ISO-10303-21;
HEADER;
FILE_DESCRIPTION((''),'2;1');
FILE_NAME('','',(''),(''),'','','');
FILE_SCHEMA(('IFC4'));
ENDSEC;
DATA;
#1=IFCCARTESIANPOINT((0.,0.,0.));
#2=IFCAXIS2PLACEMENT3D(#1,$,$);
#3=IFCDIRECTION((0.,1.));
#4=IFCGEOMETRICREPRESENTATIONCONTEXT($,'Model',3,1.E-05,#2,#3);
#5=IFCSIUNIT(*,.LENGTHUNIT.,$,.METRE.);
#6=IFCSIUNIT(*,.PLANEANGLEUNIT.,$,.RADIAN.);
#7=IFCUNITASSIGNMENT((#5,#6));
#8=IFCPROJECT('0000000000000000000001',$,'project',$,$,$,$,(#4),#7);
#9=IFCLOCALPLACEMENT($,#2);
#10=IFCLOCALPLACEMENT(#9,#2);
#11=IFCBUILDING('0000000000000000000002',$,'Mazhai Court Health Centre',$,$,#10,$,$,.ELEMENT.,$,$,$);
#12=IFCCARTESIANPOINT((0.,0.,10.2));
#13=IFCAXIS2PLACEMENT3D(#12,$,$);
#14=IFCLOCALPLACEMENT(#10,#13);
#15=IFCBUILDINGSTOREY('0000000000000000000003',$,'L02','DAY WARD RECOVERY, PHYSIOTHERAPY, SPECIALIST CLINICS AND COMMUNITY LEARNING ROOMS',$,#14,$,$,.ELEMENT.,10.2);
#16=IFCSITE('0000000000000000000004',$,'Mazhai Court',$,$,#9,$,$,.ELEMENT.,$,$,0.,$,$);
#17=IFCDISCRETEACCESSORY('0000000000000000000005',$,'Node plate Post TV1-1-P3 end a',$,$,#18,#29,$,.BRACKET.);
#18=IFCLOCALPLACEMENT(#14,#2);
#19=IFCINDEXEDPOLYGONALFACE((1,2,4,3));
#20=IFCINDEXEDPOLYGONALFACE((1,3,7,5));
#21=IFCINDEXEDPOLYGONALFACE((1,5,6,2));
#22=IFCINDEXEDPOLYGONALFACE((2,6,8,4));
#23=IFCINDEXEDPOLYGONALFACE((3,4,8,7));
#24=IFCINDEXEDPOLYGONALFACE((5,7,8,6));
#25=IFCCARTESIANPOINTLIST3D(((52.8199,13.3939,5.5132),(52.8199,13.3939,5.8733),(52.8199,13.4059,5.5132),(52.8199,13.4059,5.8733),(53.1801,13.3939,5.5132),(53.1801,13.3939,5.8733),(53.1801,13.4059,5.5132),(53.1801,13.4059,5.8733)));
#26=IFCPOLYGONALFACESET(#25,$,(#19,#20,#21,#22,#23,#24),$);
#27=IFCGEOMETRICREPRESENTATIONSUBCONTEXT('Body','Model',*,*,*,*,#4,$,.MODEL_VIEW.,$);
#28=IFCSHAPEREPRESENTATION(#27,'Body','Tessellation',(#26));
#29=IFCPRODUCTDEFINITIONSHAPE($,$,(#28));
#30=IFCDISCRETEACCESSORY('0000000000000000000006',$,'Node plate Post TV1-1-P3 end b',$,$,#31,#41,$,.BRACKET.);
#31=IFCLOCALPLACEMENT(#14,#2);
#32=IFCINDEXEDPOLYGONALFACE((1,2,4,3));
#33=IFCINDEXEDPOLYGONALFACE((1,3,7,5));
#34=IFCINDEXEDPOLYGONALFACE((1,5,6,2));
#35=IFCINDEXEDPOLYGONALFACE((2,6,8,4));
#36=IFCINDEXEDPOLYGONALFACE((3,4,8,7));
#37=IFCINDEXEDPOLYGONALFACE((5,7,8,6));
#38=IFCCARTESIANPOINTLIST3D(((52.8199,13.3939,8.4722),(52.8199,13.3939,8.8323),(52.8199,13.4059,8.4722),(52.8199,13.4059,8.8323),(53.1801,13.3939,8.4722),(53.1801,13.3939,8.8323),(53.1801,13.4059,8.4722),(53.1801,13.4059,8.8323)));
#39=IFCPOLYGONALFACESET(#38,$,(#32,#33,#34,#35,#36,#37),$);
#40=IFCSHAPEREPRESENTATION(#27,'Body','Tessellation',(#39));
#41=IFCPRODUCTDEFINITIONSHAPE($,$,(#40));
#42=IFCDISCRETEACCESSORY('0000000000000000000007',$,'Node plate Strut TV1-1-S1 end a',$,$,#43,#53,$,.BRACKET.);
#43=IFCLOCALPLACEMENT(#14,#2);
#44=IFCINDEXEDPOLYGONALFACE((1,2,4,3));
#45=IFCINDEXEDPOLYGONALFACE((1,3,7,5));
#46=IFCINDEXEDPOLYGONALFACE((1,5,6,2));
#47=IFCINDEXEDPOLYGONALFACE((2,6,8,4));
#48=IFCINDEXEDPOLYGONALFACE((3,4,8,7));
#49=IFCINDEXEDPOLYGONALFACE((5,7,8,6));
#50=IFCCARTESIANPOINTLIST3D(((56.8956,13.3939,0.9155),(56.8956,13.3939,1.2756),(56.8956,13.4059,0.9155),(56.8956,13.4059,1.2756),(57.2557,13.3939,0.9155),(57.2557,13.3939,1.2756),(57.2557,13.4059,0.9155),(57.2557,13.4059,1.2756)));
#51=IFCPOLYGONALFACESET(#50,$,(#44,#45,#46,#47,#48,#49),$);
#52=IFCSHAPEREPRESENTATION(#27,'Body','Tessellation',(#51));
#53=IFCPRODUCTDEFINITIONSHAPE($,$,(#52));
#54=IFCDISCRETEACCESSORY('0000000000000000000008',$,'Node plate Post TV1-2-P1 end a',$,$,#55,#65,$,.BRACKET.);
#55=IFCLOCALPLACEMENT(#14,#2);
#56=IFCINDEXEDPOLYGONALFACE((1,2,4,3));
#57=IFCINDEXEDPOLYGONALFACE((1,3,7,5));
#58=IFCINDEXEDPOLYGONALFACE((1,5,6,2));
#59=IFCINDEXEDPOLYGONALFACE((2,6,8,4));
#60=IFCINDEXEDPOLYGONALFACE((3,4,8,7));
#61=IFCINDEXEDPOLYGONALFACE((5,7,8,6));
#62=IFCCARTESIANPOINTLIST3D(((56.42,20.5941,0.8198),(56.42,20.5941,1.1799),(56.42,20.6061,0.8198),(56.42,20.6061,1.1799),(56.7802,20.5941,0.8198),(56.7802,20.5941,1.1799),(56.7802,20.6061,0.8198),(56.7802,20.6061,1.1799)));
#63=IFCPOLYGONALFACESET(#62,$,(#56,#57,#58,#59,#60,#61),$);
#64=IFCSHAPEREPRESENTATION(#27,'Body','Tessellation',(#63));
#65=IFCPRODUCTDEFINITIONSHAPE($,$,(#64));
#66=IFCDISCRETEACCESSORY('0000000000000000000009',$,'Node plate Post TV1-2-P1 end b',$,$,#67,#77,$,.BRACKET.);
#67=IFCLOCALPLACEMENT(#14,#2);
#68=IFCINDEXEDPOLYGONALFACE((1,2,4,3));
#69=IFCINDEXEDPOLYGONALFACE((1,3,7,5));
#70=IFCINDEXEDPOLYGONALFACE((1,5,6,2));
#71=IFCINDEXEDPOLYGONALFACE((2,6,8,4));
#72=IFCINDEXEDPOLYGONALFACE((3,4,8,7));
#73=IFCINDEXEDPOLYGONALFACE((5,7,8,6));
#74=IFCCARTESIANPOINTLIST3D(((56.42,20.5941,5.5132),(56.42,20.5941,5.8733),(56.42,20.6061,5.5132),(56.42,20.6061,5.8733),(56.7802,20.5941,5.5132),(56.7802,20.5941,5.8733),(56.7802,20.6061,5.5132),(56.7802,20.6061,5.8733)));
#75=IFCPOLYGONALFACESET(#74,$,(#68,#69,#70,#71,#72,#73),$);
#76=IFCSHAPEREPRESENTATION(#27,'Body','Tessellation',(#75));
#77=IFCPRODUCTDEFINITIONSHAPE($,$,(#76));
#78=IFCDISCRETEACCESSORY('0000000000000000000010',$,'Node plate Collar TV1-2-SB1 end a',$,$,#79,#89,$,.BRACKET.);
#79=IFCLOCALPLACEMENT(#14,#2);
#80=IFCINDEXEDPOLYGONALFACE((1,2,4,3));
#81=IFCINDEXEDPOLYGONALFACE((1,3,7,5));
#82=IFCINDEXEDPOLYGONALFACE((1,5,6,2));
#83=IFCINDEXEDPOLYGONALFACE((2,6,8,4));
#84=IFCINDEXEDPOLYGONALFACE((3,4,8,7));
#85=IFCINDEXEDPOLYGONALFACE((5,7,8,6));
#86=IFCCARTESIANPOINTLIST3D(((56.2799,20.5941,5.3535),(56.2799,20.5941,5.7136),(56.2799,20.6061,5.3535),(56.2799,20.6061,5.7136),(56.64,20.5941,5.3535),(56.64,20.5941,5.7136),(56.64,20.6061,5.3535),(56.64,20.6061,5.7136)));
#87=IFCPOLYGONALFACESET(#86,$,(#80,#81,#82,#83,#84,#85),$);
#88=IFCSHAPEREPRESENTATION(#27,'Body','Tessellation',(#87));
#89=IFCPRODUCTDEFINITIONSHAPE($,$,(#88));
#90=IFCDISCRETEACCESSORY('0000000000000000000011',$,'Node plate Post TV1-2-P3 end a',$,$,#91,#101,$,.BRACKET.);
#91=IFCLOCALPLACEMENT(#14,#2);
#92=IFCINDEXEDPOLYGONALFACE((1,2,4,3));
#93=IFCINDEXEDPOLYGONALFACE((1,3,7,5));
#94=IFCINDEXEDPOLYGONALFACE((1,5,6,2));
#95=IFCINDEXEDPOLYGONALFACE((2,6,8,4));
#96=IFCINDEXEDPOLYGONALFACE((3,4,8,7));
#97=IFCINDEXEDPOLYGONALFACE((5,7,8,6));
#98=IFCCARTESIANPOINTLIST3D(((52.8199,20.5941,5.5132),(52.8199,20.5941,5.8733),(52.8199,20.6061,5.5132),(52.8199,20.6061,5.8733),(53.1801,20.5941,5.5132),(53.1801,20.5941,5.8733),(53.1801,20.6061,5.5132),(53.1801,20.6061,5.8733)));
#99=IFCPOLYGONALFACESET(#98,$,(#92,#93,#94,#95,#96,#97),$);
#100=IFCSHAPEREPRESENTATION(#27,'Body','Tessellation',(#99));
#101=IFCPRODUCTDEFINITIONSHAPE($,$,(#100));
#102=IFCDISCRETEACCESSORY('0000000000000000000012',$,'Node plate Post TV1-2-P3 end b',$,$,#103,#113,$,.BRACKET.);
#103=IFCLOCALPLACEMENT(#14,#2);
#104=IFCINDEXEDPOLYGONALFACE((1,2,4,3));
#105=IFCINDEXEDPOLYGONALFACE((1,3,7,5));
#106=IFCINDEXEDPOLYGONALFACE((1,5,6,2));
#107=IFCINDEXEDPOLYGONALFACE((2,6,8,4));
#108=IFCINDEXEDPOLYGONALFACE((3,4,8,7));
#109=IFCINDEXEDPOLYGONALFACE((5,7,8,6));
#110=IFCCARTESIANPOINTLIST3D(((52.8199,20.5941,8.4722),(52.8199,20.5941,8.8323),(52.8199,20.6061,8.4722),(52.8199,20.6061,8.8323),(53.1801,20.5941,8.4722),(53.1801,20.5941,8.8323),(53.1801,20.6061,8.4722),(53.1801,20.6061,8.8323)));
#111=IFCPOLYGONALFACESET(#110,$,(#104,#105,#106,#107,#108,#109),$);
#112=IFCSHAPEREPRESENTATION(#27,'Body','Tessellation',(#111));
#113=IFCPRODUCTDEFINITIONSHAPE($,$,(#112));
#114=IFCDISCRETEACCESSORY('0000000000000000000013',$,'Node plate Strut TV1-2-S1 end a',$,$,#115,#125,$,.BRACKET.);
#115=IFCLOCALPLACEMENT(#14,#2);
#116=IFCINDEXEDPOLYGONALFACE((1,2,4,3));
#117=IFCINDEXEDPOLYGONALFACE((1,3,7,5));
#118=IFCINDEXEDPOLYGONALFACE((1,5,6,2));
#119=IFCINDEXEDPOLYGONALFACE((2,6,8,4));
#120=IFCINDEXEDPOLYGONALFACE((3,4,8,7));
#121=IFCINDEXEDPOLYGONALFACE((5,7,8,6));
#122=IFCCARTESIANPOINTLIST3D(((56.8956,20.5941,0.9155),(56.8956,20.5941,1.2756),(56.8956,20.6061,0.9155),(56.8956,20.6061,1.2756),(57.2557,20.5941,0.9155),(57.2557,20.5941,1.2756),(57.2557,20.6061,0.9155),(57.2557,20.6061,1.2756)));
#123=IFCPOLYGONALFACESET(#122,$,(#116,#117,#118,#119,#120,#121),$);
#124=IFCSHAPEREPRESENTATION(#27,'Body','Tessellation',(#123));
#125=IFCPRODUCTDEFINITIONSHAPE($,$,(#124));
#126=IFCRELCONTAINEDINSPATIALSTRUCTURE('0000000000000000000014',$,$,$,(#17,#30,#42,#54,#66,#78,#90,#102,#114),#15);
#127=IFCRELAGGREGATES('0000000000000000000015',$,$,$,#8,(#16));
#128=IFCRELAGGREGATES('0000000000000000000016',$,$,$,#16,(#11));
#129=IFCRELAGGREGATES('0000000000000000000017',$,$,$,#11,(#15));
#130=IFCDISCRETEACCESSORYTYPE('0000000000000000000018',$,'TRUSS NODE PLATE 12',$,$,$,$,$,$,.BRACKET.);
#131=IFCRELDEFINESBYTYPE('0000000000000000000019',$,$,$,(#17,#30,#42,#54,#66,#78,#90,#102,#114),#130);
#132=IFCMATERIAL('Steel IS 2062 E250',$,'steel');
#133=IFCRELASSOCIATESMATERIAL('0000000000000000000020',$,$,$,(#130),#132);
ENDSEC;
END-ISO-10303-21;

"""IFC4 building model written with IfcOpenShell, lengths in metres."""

from ifc_helpers import new_model, si_unit, direction, frame, origin, origin_2d, place, context, subcontext, project, spatial, rectangle, extrude, material, type_object, element, save


model = new_model("IFC4")

# Units and contexts
model_context = context("Model", 3, precision=1e-05, world=origin(), true_north=direction((0.0, 1.0)))
body_context = subcontext(model_context, "Body", "Model", "MODEL_VIEW")
ifc_project = project(units=[si_unit("LENGTHUNIT", "METRE"), si_unit("PLANEANGLEUNIT", "RADIAN")], contexts=[model_context])

# Site, building, storey
site_placement = place(None, origin())
site = spatial("IfcSite", under=ifc_project, at=site_placement, Name="Mazhai Court", CompositionType="ELEMENT", RefElevation=0.0)
building_placement = place(site_placement, origin())
building = spatial("IfcBuilding", under=site, at=building_placement, Name="Mazhai Court Health Centre", CompositionType="ELEMENT")
storey_placement = place(building_placement, frame((0.0, 0.0, 10.2)))
storey = spatial("IfcBuildingStorey", under=building, at=storey_placement, Name="L02", Description="DAY WARD RECOVERY, PHYSIOTHERAPY, SPECIALIST CLINICS AND COMMUNITY LEARNING ROOMS", CompositionType="ELEMENT", Elevation=10.2)

# Discrete accessories
ifc_material_1 = material(Name="Steel IS 2062 E250", Category="steel")
discrete_accessory_type = type_object("IfcDiscreteAccessoryType", Name="TRUSS NODE PLATE 12", PredefinedType="BRACKET", material=ifc_material_1)
for number, where, z_axis, x_axis, name in (
    (1, (53.0, 13.3999, 5.5132), (0.0, 0.0, 1.0), (1.0, 0.0, 0.0), "Node plate Post TV1-1-P3 end a"),
    (2, (53.0, 13.3999, 8.4722), (0.0, 0.0, 1.0), (1.0, 0.0, 0.0), "Node plate Post TV1-1-P3 end b"),
    (3, (57.0757, 13.3999, 0.9155), (0.0, 0.0, 1.0), (1.0, 0.0, 0.0), "Node plate Strut TV1-1-S1 end a"),
    (4, (56.6001, 20.6001, 0.8198), (0.0, 0.0, 1.0), (1.0, 0.0, 0.0), "Node plate Post TV1-2-P1 end a"),
    (5, (56.6001, 20.6001, 5.5132), (0.0, 0.0, 1.0), (1.0, 0.0, 0.0), "Node plate Post TV1-2-P1 end b"),
    (6, (56.46, 20.6001, 5.3535), (0.0, 0.0, 1.0), (1.0, 0.0, 0.0), "Node plate Collar TV1-2-SB1 end a"),
    (7, (53.0, 20.6001, 5.5132), (0.0, 0.0, 1.0), (1.0, 0.0, 0.0), "Node plate Post TV1-2-P3 end a"),
    (8, (53.0, 20.6001, 8.4722), (0.0, 0.0, 1.0), (1.0, 0.0, 0.0), "Node plate Post TV1-2-P3 end b"),
    (9, (57.0757, 20.6001, 0.9155), (0.0, 0.0, 1.0), (1.0, 0.0, 0.0), "Node plate Strut TV1-2-S1 end a"),
):
    element("IfcDiscreteAccessory", number, at=place(storey_placement, frame(where, z_axis=z_axis, x_axis=x_axis)), inside=storey, type_object=discrete_accessory_type, Name=name, PredefinedType="BRACKET", context=body_context, shape_type="SweptSolid", body=[
        extrude(rectangle(XDim=0.3601, YDim=0.012, at=origin_2d()), origin(), (0.0, 0.0, 1.0), 0.3601),
    ])

save(model, "model.ifc")
